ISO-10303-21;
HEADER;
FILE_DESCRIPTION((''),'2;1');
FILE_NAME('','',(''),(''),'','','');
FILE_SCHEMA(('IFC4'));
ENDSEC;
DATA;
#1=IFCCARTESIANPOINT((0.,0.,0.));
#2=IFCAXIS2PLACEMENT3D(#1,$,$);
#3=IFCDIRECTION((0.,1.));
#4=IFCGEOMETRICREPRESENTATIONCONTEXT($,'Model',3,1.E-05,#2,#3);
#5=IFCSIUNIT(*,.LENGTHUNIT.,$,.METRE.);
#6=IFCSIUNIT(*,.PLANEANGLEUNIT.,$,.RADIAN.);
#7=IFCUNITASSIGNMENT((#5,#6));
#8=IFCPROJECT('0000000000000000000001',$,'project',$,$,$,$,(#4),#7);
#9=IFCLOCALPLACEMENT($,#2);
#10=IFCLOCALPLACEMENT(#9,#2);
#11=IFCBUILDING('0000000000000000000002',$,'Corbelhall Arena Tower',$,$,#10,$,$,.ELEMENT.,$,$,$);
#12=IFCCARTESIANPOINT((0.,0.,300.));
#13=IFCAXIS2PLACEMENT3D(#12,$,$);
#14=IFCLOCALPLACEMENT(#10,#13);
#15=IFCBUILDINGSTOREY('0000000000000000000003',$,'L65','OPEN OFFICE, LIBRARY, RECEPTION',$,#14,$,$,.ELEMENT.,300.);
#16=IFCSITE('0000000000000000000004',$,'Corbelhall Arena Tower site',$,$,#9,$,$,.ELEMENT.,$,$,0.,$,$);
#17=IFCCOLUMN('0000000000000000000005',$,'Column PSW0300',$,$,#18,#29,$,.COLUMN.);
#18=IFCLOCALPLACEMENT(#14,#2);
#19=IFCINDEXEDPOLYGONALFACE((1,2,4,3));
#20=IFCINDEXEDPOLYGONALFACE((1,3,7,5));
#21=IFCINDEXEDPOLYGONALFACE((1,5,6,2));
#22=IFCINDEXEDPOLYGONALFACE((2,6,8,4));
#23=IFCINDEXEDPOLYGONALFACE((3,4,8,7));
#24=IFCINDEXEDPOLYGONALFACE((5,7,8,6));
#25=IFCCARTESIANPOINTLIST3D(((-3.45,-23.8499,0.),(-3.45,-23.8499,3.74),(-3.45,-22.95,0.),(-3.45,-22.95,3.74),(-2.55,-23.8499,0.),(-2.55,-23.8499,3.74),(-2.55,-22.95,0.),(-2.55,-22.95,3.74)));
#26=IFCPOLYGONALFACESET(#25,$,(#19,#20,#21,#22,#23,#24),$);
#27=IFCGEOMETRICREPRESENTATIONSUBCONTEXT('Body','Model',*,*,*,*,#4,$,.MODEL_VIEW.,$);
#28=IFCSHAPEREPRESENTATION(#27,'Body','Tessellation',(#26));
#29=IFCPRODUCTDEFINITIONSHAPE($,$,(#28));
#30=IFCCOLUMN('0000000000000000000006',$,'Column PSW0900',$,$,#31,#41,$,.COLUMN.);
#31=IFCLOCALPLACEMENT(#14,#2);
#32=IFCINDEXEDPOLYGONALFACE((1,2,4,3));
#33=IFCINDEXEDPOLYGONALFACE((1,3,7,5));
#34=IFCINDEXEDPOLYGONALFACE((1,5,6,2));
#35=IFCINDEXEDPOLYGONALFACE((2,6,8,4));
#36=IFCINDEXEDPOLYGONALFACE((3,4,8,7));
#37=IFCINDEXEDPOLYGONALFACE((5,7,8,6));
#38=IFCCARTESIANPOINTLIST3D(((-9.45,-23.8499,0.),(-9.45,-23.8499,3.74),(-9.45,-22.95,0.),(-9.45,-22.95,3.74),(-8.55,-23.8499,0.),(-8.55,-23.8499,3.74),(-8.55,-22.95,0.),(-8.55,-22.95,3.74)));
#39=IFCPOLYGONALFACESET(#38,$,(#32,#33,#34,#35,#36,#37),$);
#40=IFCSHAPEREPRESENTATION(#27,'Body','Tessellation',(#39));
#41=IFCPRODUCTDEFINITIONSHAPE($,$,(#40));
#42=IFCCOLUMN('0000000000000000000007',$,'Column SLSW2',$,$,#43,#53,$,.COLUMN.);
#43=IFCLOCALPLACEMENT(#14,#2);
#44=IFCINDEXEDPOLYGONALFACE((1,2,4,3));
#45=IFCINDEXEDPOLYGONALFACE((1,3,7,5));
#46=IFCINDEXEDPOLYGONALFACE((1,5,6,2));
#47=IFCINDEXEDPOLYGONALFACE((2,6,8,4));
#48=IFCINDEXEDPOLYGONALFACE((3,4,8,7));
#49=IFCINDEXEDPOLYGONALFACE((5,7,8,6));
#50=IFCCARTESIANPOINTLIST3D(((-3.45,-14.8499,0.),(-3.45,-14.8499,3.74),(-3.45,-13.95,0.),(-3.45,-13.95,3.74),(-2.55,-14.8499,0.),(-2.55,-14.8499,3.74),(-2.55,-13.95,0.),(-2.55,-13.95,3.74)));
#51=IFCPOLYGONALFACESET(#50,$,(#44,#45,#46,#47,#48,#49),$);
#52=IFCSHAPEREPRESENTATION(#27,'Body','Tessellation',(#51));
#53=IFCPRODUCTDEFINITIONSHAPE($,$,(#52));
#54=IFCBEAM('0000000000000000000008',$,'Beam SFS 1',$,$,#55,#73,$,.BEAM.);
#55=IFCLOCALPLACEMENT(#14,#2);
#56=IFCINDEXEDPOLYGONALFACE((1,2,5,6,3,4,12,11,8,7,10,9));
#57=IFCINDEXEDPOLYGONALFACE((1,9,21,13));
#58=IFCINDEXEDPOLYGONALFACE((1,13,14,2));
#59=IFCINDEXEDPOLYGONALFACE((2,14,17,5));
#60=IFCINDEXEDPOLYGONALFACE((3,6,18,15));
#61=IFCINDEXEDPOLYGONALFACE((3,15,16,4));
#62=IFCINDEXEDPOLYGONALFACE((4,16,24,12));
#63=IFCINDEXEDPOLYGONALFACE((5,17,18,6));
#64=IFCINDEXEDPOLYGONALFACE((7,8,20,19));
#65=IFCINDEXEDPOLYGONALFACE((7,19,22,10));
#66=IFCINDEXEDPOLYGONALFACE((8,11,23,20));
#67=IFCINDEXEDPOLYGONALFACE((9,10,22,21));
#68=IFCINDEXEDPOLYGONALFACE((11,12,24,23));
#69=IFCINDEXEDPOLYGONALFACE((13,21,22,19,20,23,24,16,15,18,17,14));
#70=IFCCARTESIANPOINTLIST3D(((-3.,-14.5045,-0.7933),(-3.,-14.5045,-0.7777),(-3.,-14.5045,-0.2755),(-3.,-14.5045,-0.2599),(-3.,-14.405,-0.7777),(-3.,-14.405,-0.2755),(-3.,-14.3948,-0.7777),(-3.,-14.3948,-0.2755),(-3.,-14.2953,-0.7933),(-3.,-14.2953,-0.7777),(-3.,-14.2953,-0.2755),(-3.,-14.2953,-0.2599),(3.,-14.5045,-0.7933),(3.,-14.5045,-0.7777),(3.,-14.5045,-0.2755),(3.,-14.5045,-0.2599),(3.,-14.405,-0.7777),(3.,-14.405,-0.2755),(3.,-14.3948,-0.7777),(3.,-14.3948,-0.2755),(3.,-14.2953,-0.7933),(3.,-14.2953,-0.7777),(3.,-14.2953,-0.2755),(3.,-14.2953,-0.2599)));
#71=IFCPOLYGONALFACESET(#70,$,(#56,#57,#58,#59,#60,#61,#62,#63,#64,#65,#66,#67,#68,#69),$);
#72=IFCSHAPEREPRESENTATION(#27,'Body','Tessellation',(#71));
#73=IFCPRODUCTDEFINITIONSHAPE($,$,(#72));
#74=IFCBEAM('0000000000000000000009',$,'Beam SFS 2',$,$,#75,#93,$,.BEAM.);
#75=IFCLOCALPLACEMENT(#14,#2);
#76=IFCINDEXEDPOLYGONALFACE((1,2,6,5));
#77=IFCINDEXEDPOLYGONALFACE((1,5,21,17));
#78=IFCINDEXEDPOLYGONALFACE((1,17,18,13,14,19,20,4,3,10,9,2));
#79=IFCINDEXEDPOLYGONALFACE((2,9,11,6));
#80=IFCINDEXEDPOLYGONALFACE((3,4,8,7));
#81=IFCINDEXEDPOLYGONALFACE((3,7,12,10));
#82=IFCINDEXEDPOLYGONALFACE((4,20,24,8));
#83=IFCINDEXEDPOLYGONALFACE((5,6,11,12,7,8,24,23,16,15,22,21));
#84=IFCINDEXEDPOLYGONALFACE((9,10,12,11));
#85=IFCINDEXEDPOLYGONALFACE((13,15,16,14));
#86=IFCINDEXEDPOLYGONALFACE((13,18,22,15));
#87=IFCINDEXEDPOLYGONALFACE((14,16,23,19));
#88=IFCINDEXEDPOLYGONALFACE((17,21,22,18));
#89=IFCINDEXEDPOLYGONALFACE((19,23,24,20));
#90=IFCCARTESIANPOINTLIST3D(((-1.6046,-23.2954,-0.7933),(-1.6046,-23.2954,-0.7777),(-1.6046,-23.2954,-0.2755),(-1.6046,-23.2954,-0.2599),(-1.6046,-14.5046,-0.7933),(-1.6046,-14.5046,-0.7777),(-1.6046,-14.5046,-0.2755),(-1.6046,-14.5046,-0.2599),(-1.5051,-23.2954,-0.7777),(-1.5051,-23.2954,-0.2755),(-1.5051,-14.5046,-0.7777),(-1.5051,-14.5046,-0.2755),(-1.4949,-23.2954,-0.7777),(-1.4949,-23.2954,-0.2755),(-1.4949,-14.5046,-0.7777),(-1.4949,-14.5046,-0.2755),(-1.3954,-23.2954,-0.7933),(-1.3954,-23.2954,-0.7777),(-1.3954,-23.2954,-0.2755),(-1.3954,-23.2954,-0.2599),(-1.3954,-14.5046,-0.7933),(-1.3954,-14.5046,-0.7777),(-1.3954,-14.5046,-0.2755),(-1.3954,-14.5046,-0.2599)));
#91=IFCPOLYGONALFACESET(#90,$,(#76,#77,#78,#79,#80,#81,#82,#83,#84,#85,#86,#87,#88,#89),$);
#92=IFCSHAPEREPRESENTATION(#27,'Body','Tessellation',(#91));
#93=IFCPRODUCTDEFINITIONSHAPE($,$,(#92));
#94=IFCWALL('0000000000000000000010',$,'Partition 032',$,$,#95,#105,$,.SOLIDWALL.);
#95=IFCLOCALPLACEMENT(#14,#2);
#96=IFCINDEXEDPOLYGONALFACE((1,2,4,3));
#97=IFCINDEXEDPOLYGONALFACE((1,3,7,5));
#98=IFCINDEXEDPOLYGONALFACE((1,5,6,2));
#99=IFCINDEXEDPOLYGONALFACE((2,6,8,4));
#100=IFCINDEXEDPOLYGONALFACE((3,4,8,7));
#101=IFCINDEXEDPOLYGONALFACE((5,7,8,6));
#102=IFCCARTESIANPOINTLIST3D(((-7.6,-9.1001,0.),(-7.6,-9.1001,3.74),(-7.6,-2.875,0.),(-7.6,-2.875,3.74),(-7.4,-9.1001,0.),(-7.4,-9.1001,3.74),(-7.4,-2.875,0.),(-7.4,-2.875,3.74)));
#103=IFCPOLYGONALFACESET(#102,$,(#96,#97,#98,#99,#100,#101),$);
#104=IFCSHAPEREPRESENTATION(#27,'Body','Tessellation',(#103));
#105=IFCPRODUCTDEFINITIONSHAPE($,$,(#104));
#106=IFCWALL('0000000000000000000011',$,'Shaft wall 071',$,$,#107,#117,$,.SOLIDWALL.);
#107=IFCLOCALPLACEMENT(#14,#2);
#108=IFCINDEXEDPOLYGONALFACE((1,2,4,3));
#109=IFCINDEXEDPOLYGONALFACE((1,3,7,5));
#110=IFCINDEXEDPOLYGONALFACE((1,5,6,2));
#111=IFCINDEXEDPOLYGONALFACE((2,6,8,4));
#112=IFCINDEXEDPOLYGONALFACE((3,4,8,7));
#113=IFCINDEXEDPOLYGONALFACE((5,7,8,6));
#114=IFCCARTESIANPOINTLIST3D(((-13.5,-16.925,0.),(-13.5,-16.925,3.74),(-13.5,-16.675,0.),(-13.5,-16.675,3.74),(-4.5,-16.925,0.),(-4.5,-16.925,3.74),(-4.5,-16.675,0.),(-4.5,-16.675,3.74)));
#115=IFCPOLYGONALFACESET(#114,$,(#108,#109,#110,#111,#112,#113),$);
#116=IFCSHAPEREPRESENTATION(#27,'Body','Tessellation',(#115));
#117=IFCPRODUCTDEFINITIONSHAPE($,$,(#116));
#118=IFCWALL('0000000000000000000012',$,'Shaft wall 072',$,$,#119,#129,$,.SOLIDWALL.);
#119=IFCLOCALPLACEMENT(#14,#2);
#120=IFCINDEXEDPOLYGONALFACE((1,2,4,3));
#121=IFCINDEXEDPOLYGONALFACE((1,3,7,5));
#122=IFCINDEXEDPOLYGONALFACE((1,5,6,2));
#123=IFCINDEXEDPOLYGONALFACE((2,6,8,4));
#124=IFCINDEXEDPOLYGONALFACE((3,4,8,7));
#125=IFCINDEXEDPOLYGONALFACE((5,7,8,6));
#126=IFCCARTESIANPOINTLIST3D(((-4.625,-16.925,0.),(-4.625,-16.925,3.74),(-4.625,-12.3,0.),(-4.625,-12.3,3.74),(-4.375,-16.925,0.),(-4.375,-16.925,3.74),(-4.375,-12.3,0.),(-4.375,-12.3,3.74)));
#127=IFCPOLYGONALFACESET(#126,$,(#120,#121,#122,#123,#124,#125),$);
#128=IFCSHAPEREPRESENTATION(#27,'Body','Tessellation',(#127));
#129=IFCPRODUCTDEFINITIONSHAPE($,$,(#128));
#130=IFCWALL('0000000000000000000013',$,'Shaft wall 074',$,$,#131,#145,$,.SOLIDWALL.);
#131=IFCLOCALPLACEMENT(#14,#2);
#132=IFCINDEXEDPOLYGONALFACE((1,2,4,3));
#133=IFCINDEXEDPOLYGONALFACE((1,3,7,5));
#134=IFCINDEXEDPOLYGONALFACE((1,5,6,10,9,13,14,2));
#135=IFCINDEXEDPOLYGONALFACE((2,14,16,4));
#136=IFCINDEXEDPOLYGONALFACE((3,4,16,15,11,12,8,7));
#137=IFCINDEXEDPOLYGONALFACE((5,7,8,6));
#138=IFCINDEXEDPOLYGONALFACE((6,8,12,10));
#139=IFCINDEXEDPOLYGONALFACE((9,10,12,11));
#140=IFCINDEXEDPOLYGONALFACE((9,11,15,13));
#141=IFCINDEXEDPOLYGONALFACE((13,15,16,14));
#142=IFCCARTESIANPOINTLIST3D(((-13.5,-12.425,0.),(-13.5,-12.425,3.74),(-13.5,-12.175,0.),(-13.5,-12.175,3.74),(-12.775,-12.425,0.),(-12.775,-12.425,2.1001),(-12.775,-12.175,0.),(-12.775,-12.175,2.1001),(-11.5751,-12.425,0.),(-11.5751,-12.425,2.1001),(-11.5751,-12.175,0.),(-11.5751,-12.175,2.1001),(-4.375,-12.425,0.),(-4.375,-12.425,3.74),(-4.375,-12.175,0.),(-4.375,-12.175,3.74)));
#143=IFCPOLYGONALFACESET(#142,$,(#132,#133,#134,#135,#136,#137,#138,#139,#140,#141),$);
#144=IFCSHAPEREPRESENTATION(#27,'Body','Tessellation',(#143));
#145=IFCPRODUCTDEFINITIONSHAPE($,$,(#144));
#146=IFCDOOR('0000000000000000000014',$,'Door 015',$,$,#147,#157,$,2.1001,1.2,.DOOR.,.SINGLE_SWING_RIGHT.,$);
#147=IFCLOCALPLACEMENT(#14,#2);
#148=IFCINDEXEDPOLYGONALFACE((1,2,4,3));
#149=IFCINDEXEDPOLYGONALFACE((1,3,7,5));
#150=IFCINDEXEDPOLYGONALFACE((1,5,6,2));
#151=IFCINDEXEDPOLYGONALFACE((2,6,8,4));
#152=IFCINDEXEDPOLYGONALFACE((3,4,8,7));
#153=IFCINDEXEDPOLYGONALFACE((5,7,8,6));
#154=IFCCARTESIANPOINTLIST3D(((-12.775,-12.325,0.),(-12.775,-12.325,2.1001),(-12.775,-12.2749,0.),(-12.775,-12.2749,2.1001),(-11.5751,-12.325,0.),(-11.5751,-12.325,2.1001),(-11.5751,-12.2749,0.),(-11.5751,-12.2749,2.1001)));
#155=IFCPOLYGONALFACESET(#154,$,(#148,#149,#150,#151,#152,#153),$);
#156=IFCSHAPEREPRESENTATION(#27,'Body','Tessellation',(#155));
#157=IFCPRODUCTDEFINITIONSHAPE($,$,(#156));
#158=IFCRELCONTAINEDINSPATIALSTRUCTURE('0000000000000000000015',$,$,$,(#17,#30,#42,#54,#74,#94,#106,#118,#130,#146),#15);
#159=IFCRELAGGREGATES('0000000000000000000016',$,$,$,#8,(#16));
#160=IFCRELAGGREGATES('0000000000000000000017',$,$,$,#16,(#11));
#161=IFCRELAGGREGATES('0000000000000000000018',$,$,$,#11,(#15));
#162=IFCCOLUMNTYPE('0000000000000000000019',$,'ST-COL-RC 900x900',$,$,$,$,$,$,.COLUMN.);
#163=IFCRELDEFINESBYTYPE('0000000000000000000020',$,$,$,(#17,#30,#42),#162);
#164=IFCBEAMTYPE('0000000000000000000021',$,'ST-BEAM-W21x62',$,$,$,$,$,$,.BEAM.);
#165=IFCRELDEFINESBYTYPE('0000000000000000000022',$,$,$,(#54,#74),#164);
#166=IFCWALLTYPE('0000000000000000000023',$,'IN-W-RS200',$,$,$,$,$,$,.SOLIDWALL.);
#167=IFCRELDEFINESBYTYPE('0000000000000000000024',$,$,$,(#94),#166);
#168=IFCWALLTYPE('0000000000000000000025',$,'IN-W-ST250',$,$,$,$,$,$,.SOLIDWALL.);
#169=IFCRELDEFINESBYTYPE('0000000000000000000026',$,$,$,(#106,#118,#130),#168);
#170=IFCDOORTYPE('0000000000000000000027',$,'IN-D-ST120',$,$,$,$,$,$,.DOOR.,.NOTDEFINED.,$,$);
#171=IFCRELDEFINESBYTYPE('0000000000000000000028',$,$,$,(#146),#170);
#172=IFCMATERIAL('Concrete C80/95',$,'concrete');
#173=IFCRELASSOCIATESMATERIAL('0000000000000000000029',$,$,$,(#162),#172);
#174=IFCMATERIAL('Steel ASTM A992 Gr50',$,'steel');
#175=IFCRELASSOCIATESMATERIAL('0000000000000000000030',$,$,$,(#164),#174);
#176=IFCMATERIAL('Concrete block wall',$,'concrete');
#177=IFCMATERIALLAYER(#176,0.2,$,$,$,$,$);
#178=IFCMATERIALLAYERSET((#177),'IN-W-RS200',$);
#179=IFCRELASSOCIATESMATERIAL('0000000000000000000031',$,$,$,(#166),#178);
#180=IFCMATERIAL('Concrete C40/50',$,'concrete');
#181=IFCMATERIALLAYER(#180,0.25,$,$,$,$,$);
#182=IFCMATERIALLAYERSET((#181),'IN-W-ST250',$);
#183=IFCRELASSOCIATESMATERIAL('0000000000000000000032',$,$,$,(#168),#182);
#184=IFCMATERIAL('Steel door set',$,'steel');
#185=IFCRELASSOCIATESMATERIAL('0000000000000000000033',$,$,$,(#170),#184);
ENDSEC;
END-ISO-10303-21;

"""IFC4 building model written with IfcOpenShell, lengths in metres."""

from ifc_helpers import new_model, si_unit, direction, frame, frame_2d, origin, origin_2d, place, context, subcontext, project, spatial, rectangle, i_section, extrude, material, layer, layer_set, material_profile, profile_set, type_object, element, fill, save


model = new_model("IFC4")

# Units and contexts
model_context = context("Model", 3, precision=1e-05, world=origin(), true_north=direction((0.0, 1.0)))
body_context = subcontext(model_context, "Body", "Model", "MODEL_VIEW")
ifc_project = project(units=[si_unit("LENGTHUNIT", "METRE"), si_unit("PLANEANGLEUNIT", "RADIAN")], contexts=[model_context])

# Site, building, storey
site_placement = place(None, origin())
site = spatial("IfcSite", under=ifc_project, at=site_placement, Name="Corbelhall Arena Tower site", CompositionType="ELEMENT", RefElevation=0.0)
building_placement = place(site_placement, origin())
building = spatial("IfcBuilding", under=site, at=building_placement, Name="Corbelhall Arena Tower", CompositionType="ELEMENT")
storey_placement = place(building_placement, frame((0.0, 0.0, 300.0)))
storey = spatial("IfcBuildingStorey", under=building, at=storey_placement, Name="L65", Description="OPEN OFFICE, LIBRARY, RECEPTION", CompositionType="ELEMENT", Elevation=300.0)

# Columns
ifc_material_1 = material(Name="Concrete C80/95", Category="concrete")
ifc_material_profile_1 = material_profile(ifc_material_1, rectangle(XDim=0.8999, YDim=0.8999, at=origin_2d()))
ifc_profile_set_1 = profile_set([ifc_material_profile_1], Name="Concrete C80/95")
column_type = type_object("IfcColumnType", Name="ST-COL-RC 900x900", PredefinedType="COLUMN", material=ifc_profile_set_1)
for number, where, z_axis, x_axis, name in (
    (1, (-3.0, -23.3999, 0.0), (0.0, 0.0, 1.0), (1.0, 0.0, 0.0), "Column PSW0300"),
    (2, (-9.0, -23.3999, 0.0), (0.0, 0.0, 1.0), (1.0, 0.0, 0.0), "Column PSW0900"),
    (3, (-3.0, -14.3999, 0.0), (0.0, 0.0, 1.0), (1.0, 0.0, 0.0), "Column SLSW2"),
):
    element("IfcColumn", number, at=place(storey_placement, frame(where, z_axis=z_axis, x_axis=x_axis)), inside=storey, type_object=column_type, Name=name, PredefinedType="COLUMN", context=body_context, shape_type="SweptSolid", body=[
        extrude(rectangle(XDim=0.8999, YDim=0.8999, at=origin_2d()), origin(), (0.0, 0.0, 1.0), 3.74),
    ])

# Beams
ifc_material_2 = material(Name="Steel ASTM A992 Gr50", Category="steel")
ifc_material_profile_2 = material_profile(ifc_material_2, i_section(OverallWidth=0.2092, OverallDepth=0.5334, WebThickness=0.0103, FlangeThickness=0.0156, at=origin_2d()))
ifc_profile_set_2 = profile_set([ifc_material_profile_2], Name="Steel ASTM A992 Gr50")
beam_type = type_object("IfcBeamType", Name="ST-BEAM-W21x62", PredefinedType="BEAM", material=ifc_profile_set_2)
beam_1_placement = place(storey_placement, frame((-3.0, -14.3999, -0.5266), z_axis=(1.0, 0.0, 0.0), x_axis=(0.0, 1.0, 0.0)))
element("IfcBeam", 4, at=beam_1_placement, inside=storey, type_object=beam_type, Name="Beam SFS 1", PredefinedType="BEAM", context=body_context, shape_type="SweptSolid", body=[
    extrude(i_section(OverallWidth=0.2092, OverallDepth=0.5334, WebThickness=0.0103, FlangeThickness=0.0156, at=origin_2d()), origin(), (0.0, 0.0, 1.0), 6.0),
])
beam_2_placement = place(storey_placement, frame((-1.5, -14.5046, -0.5266), z_axis=(0.0, -1.0, 0.0), x_axis=(1.0, 0.0, 0.0)))
element("IfcBeam", 5, at=beam_2_placement, inside=storey, type_object=beam_type, Name="Beam SFS 2", PredefinedType="BEAM", context=body_context, shape_type="SweptSolid", body=[
    extrude(i_section(OverallWidth=0.2092, OverallDepth=0.5334, WebThickness=0.0103, FlangeThickness=0.0156, at=origin_2d()), origin(), (0.0, 0.0, 1.0), 8.7908),
])

# Walls
ifc_material_3 = material(Name="Concrete block wall", Category="concrete")
ifc_layer_1 = layer(ifc_material_3, 0.2)
ifc_layer_set_1 = layer_set([ifc_layer_1], Name="IN-W-RS200")
wall_type_1 = type_object("IfcWallType", Name="IN-W-RS200", PredefinedType="SOLIDWALL", material=ifc_layer_set_1)
wall_1_placement = place(storey_placement, frame((-7.5, -9.1001, 0.0), z_axis=(0.0, 0.0, 1.0), x_axis=(0.0, 1.0, 0.0)))
element("IfcWall", 6, at=wall_1_placement, inside=storey, type_object=wall_type_1, Name="Partition 032", PredefinedType="SOLIDWALL", context=body_context, shape_type="SweptSolid", body=[
    extrude(rectangle(XDim=6.2251, YDim=0.2, at=frame_2d((3.1125, 0.0))), origin(), (0.0, 0.0, 1.0), 3.74),
])
ifc_material_4 = material(Name="Concrete C40/50", Category="concrete")
ifc_layer_2 = layer(ifc_material_4, 0.25)
ifc_layer_set_2 = layer_set([ifc_layer_2], Name="IN-W-ST250")
wall_type_2 = type_object("IfcWallType", Name="IN-W-ST250", PredefinedType="SOLIDWALL", material=ifc_layer_set_2)
wall_2_placement = place(storey_placement, frame((-4.5, -16.8, 0.0), z_axis=(0.0, 0.0, 1.0), x_axis=(-1.0, 0.0, 0.0)))
element("IfcWall", 7, at=wall_2_placement, inside=storey, type_object=wall_type_2, Name="Shaft wall 071", PredefinedType="SOLIDWALL", context=body_context, shape_type="SweptSolid", body=[
    extrude(rectangle(XDim=9.0, YDim=0.25, at=frame_2d((4.5, 0.0))), origin(), (0.0, 0.0, 1.0), 3.74),
])
wall_3_placement = place(storey_placement, frame((-4.5, -12.3, 0.0), z_axis=(0.0, 0.0, 1.0), x_axis=(0.0, -1.0, 0.0)))
element("IfcWall", 8, at=wall_3_placement, inside=storey, type_object=wall_type_2, Name="Shaft wall 072", PredefinedType="SOLIDWALL", context=body_context, shape_type="SweptSolid", body=[
    extrude(rectangle(XDim=4.625, YDim=0.25, at=frame_2d((2.3125, 0.0))), origin(), (0.0, 0.0, 1.0), 3.74),
])

# Wall, opening, door
wall_4_placement = place(storey_placement, frame((-4.375, -12.3, 0.0), z_axis=(0.0, 0.0, 1.0), x_axis=(-1.0, 0.0, 0.0)))
wall_4 = element("IfcWall", 9, at=wall_4_placement, inside=storey, type_object=wall_type_2, Name="Shaft wall 074", PredefinedType="SOLIDWALL", context=body_context, shape_type="SweptSolid", body=[
    extrude(rectangle(XDim=9.125, YDim=0.25, at=frame_2d((4.5625, 0.0))), origin(), (0.0, 0.0, 1.0), 3.74),
])
opening_1_placement = place(wall_4_placement, frame((7.2, 0.0, 0.0)))
opening_1 = element("IfcOpeningElement", 10, at=opening_1_placement, cuts=wall_4, PredefinedType="OPENING", context=body_context, shape_type="SweptSolid", body=[
    extrude(rectangle(XDim=1.2, YDim=2.1001, at=frame_2d((0.6001, 1.05))), frame((0.0, 0.125, 0.0), z_axis=(0.0, -1.0, 0.0), x_axis=(1.0, 0.0, 0.0)), (0.0, 0.0, 1.0), 0.25),
])
ifc_material_5 = material(Name="Steel door set", Category="steel")
door_type = type_object("IfcDoorType", Name="IN-D-ST120", OperationType="NOTDEFINED", PredefinedType="DOOR", material=ifc_material_5)
door_placement = place(opening_1_placement, origin())
door = element("IfcDoor", 11, at=door_placement, inside=storey, type_object=door_type, Name="Door 015", OperationType="SINGLE_SWING_RIGHT", OverallHeight=2.1001, OverallWidth=1.2, PredefinedType="DOOR", context=body_context, shape_type="SweptSolid", body=[
    extrude(rectangle(XDim=1.2, YDim=2.1001, at=frame_2d((0.6001, 1.05))), frame((0.0, 0.0249, 0.0), z_axis=(0.0, -1.0, 0.0), x_axis=(1.0, 0.0, 0.0)), (0.0, 0.0, 1.0), 0.05),
])
fill(opening_1, door)

save(model, "model.ifc")
